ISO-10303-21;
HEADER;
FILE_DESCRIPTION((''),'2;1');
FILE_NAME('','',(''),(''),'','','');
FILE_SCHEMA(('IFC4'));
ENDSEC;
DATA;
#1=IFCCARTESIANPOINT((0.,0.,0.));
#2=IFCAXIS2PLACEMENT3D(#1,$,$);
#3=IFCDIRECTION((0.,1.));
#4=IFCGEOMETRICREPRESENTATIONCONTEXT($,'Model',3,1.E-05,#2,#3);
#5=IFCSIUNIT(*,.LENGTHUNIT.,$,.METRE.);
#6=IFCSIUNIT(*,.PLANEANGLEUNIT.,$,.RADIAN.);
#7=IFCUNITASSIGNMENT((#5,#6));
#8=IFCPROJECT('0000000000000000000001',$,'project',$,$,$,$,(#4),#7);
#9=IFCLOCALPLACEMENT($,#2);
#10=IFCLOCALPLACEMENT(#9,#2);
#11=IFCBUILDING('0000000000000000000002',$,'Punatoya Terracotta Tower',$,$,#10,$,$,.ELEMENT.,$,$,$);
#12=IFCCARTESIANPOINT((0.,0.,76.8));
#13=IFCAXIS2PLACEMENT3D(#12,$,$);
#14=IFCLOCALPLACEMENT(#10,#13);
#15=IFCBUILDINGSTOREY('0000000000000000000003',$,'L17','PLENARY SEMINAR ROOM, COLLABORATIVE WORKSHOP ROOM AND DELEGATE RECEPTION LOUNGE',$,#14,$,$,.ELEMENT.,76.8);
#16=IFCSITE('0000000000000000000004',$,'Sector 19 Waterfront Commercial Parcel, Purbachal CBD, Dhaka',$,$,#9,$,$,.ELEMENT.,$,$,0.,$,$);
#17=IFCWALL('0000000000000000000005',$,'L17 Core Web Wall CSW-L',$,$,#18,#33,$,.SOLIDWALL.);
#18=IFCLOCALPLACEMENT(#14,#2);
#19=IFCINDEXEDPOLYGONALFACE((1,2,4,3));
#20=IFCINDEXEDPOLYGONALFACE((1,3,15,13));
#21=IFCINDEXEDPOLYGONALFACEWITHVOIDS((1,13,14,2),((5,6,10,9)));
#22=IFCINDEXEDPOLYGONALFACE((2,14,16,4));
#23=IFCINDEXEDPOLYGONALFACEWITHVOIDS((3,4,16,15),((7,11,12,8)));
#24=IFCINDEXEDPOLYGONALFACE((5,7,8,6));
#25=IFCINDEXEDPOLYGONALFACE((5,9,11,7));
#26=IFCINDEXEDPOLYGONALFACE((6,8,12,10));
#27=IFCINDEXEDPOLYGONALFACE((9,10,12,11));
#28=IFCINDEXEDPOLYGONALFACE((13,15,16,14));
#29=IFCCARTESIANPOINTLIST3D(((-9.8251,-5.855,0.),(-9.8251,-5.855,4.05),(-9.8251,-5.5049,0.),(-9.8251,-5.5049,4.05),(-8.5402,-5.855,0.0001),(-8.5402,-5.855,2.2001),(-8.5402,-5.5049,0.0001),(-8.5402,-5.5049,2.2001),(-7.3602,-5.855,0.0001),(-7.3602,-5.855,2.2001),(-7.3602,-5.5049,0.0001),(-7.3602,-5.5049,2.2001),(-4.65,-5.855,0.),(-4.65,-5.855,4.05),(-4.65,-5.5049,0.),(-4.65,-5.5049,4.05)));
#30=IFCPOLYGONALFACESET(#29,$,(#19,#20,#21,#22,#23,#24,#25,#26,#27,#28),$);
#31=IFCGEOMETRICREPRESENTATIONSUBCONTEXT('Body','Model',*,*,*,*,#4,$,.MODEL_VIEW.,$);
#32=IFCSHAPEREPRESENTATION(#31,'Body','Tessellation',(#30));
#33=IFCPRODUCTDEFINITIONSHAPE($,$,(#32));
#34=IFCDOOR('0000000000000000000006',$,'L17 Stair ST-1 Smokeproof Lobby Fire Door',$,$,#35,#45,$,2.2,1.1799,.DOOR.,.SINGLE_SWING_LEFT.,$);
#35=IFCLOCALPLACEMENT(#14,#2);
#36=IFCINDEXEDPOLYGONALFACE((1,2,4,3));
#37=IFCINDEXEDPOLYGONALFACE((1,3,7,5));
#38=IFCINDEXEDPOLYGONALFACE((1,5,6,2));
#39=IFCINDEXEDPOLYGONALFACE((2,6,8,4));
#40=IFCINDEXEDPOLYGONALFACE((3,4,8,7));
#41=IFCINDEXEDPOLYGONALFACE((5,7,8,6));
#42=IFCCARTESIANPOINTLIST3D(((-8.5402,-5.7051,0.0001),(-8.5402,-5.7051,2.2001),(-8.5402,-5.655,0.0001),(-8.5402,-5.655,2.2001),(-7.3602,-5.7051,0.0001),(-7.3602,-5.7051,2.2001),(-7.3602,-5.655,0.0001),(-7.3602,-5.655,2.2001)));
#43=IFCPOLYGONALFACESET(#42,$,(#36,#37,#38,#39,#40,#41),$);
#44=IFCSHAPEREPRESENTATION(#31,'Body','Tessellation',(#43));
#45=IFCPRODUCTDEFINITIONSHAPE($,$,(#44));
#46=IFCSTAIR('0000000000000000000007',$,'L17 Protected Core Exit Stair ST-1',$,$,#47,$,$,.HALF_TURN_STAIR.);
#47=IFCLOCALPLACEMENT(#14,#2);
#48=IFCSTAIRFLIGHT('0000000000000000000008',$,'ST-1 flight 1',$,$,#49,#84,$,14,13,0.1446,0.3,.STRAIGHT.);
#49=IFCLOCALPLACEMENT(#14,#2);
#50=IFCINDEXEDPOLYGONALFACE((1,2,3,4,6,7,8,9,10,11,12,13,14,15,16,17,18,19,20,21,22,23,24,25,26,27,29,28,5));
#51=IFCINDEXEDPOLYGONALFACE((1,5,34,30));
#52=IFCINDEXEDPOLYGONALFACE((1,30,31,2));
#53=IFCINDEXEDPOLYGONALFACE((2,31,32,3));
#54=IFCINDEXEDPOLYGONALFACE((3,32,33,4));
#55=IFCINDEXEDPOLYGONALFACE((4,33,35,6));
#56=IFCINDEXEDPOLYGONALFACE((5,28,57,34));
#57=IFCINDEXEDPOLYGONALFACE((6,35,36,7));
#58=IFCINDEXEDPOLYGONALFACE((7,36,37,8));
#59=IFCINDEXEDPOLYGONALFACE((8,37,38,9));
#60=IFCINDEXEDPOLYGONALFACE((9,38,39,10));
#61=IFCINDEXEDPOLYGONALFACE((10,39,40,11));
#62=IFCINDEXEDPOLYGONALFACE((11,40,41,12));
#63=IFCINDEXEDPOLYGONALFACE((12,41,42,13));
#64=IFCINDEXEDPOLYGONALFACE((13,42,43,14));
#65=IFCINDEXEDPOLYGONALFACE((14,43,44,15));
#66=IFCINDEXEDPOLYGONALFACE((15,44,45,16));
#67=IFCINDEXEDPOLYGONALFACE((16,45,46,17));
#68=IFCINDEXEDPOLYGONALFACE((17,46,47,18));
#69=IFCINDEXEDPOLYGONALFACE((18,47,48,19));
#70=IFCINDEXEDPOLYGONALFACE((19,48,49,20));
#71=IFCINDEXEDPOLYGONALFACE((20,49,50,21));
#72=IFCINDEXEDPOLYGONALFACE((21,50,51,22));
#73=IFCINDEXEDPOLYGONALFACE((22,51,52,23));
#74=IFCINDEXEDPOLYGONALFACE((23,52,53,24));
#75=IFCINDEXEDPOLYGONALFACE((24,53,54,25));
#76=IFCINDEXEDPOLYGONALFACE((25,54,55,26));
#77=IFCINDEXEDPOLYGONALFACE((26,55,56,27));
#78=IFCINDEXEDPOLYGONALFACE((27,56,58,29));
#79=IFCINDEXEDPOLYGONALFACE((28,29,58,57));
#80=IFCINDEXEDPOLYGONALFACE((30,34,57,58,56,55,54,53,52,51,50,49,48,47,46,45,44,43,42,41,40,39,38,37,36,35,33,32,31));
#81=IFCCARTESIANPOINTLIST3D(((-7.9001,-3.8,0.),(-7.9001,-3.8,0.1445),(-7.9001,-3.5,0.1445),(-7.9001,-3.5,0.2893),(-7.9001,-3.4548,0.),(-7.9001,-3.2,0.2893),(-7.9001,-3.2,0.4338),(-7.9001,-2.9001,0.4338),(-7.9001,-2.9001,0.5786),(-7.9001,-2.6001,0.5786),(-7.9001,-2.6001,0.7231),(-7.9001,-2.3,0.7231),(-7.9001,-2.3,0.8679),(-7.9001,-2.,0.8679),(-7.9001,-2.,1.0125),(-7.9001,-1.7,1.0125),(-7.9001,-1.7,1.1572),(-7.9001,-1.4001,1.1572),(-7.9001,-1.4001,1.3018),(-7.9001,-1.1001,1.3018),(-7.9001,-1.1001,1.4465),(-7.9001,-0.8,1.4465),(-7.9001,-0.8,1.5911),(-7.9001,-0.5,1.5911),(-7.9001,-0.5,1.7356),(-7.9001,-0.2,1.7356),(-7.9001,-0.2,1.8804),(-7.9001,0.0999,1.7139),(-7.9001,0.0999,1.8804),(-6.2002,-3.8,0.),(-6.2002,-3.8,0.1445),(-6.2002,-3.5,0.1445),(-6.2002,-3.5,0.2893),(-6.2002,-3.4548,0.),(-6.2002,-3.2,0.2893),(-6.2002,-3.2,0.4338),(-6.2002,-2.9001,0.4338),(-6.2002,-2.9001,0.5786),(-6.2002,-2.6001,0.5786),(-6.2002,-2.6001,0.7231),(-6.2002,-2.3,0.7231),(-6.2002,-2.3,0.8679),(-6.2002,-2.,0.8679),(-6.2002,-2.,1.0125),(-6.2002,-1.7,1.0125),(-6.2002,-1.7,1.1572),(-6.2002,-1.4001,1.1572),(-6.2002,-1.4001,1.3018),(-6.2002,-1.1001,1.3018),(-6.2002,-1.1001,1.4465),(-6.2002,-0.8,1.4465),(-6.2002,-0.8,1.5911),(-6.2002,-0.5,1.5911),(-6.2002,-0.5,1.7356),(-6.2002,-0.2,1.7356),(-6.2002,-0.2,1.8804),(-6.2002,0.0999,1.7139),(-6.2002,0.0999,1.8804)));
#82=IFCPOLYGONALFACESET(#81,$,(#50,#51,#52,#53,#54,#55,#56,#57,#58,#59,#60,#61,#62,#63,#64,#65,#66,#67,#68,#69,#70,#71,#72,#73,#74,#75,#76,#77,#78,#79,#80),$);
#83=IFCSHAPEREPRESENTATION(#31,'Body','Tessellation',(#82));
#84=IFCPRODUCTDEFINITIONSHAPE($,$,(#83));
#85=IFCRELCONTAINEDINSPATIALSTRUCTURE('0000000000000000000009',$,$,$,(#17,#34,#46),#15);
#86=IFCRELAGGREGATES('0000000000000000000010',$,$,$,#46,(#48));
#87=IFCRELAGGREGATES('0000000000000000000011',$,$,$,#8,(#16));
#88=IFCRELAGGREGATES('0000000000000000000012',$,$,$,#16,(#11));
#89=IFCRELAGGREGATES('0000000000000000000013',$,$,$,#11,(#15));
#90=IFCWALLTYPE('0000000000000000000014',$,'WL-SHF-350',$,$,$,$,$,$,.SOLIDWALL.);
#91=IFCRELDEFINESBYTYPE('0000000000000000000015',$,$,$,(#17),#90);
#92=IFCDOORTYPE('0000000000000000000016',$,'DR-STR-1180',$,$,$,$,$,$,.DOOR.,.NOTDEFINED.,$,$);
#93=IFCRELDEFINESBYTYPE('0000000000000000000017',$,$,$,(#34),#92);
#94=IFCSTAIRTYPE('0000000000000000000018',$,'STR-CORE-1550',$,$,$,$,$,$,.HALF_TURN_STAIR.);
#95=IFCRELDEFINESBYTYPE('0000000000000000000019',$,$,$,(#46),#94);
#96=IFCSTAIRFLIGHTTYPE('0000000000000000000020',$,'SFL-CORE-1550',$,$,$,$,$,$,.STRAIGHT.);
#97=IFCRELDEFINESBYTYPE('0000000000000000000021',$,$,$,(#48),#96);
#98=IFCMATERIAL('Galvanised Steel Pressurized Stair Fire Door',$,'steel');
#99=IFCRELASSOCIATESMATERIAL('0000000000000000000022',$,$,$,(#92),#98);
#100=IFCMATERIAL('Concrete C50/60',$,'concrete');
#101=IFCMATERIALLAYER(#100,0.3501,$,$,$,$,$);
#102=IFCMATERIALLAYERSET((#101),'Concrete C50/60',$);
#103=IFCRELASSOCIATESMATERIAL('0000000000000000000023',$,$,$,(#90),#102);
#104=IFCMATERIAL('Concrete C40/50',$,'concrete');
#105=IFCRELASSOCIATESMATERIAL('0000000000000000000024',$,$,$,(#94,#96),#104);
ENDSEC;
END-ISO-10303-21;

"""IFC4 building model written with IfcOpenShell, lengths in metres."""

from ifc_helpers import new_model, si_unit, direction, frame, frame_2d, origin, place, context, subcontext, project, spatial, polyline, rectangle, outline, extrude, material, layer, layer_set, type_object, element, fill, aggregate, save


model = new_model("IFC4")

# Units and contexts
model_context = context("Model", 3, precision=1e-05, world=origin(), true_north=direction((0.0, 1.0)))
body_context = subcontext(model_context, "Body", "Model", "MODEL_VIEW")
ifc_project = project(units=[si_unit("LENGTHUNIT", "METRE"), si_unit("PLANEANGLEUNIT", "RADIAN")], contexts=[model_context])

# Site, building, storey
site_placement = place(None, origin())
site = spatial("IfcSite", under=ifc_project, at=site_placement, Name="Sector 19 Waterfront Commercial Parcel, Purbachal CBD, Dhaka", CompositionType="ELEMENT", RefElevation=0.0)
building_placement = place(site_placement, origin())
building = spatial("IfcBuilding", under=site, at=building_placement, Name="Punatoya Terracotta Tower", CompositionType="ELEMENT")
storey_placement = place(building_placement, frame((0.0, 0.0, 76.8)))
storey = spatial("IfcBuildingStorey", under=building, at=storey_placement, Name="L17", Description="PLENARY SEMINAR ROOM, COLLABORATIVE WORKSHOP ROOM AND DELEGATE RECEPTION LOUNGE", CompositionType="ELEMENT", Elevation=76.8)

# Shared definitions
ifc_material_1 = material(Name="Galvanised Steel Pressurized Stair Fire Door", Category="steel")
door_type_1 = type_object("IfcDoorType", Name="DR-STR-1180", OperationType="NOTDEFINED", PredefinedType="DOOR", material=ifc_material_1)

# Shared definitions
ifc_material_2 = material(Name="Concrete C40/50", Category="concrete")

# Wall, opening, door
ifc_material_3 = material(Name="Concrete C50/60", Category="concrete")
ifc_layer_1 = layer(ifc_material_3, 0.3501)
ifc_layer_set_1 = layer_set([ifc_layer_1], Name="Concrete C50/60")
wall_type_1 = type_object("IfcWallType", Name="WL-SHF-350", PredefinedType="SOLIDWALL", material=ifc_layer_set_1)
wall_1_placement = place(storey_placement, frame((-9.825, -5.6799, 0.0), z_axis=(0.0, 0.0, 1.0), x_axis=(1.0, 0.0, 0.0)))
wall_1 = element("IfcWall", 1, at=wall_1_placement, inside=storey, type_object=wall_type_1, Name="L17 Core Web Wall CSW-L", PredefinedType="SOLIDWALL", context=body_context, shape_type="SweptSolid", body=[
    extrude(rectangle(XDim=5.175, YDim=0.3501, at=frame_2d((2.5874, 0.0))), origin(), (0.0, 0.0, 1.0), 4.05),
])
opening_1_placement = place(wall_1_placement, frame((1.2849, 0.0, 0.0)))
opening_1 = element("IfcOpeningElement", 2, at=opening_1_placement, cuts=wall_1, PredefinedType="OPENING", context=body_context, shape_type="SweptSolid", body=[
    extrude(rectangle(XDim=1.1799, YDim=2.2, at=frame_2d((0.5898, 1.1001))), frame((0.0, 0.1851, 0.0), z_axis=(0.0, -1.0, 0.0), x_axis=(1.0, 0.0, 0.0)), (0.0, 0.0, 1.0), 0.3701),
])
door_1_placement = place(opening_1_placement, origin())
door_1 = element("IfcDoor", 3, at=door_1_placement, inside=storey, type_object=door_type_1, Name="L17 Stair ST-1 Smokeproof Lobby Fire Door", OperationType="SINGLE_SWING_LEFT", OverallHeight=2.2, OverallWidth=1.1799, PredefinedType="DOOR", context=body_context, shape_type="SweptSolid", body=[
    extrude(rectangle(XDim=1.1799, YDim=2.2, at=frame_2d((0.5898, 1.1001))), frame((0.0, 0.0249, 0.0), z_axis=(0.0, -1.0, 0.0), x_axis=(1.0, 0.0, 0.0)), (0.0, 0.0, 1.0), 0.05),
])
fill(opening_1, door_1)

# Stair, stair flight
stair_type = type_object("IfcStairType", Name="STR-CORE-1550", PredefinedType="HALF_TURN_STAIR", material=ifc_material_2)
stair_placement = place(storey_placement, origin())
stair = element("IfcStair", 4, at=stair_placement, inside=storey, type_object=stair_type, Name="L17 Protected Core Exit Stair ST-1", PredefinedType="HALF_TURN_STAIR")
stair_flight_type = type_object("IfcStairFlightType", Name="SFL-CORE-1550", PredefinedType="STRAIGHT", material=ifc_material_2)
stair_flight_placement = place(storey_placement, frame((-7.05, -3.8, 0.0), z_axis=(0.0, 0.0, 1.0), x_axis=(0.0, 1.0, 0.0)))
stair_flight = element("IfcStairFlight", 5, at=stair_flight_placement, type_object=stair_flight_type, Name="ST-1 flight 1", NumberOfRisers=14, NumberOfTreads=13, PredefinedType="STRAIGHT", RiserHeight=0.1446, TreadLength=0.3, context=body_context, shape_type="SweptSolid", body=[
    extrude(outline(polyline([(0.0, 0.0), (0.0, 0.1445), (0.3, 0.1445), (0.3, 0.2893), (0.6001, 0.2893), (0.6001, 0.4338), (0.8999, 0.4338), (0.8999, 0.5786), (1.2, 0.5786), (1.2, 0.7231), (1.5, 0.7231), (1.5, 0.8679), (1.8, 0.8679), (1.8, 1.0125), (2.1001, 1.0125), (2.1001, 1.1572), (2.3999, 1.1572), (2.3999, 1.3018), (2.7, 1.3018), (2.7, 1.4465), (3.0, 1.4465), (3.0, 1.5911), (3.3, 1.5911), (3.3, 1.7356), (3.6001, 1.7356), (3.6001, 1.8804), (3.8999, 1.8804), (3.8999, 2.0249), (3.8999, 1.7139), (0.3452, 0.0), (0.0, 0.0)])), frame((0.0, 0.8501, 0.0), z_axis=(0.0, -1.0, 0.0), x_axis=(1.0, 0.0, 0.0)), (0.0, 0.0, 1.0), 1.7),
])
aggregate(stair, [stair_flight])

save(model, "model.ifc")
